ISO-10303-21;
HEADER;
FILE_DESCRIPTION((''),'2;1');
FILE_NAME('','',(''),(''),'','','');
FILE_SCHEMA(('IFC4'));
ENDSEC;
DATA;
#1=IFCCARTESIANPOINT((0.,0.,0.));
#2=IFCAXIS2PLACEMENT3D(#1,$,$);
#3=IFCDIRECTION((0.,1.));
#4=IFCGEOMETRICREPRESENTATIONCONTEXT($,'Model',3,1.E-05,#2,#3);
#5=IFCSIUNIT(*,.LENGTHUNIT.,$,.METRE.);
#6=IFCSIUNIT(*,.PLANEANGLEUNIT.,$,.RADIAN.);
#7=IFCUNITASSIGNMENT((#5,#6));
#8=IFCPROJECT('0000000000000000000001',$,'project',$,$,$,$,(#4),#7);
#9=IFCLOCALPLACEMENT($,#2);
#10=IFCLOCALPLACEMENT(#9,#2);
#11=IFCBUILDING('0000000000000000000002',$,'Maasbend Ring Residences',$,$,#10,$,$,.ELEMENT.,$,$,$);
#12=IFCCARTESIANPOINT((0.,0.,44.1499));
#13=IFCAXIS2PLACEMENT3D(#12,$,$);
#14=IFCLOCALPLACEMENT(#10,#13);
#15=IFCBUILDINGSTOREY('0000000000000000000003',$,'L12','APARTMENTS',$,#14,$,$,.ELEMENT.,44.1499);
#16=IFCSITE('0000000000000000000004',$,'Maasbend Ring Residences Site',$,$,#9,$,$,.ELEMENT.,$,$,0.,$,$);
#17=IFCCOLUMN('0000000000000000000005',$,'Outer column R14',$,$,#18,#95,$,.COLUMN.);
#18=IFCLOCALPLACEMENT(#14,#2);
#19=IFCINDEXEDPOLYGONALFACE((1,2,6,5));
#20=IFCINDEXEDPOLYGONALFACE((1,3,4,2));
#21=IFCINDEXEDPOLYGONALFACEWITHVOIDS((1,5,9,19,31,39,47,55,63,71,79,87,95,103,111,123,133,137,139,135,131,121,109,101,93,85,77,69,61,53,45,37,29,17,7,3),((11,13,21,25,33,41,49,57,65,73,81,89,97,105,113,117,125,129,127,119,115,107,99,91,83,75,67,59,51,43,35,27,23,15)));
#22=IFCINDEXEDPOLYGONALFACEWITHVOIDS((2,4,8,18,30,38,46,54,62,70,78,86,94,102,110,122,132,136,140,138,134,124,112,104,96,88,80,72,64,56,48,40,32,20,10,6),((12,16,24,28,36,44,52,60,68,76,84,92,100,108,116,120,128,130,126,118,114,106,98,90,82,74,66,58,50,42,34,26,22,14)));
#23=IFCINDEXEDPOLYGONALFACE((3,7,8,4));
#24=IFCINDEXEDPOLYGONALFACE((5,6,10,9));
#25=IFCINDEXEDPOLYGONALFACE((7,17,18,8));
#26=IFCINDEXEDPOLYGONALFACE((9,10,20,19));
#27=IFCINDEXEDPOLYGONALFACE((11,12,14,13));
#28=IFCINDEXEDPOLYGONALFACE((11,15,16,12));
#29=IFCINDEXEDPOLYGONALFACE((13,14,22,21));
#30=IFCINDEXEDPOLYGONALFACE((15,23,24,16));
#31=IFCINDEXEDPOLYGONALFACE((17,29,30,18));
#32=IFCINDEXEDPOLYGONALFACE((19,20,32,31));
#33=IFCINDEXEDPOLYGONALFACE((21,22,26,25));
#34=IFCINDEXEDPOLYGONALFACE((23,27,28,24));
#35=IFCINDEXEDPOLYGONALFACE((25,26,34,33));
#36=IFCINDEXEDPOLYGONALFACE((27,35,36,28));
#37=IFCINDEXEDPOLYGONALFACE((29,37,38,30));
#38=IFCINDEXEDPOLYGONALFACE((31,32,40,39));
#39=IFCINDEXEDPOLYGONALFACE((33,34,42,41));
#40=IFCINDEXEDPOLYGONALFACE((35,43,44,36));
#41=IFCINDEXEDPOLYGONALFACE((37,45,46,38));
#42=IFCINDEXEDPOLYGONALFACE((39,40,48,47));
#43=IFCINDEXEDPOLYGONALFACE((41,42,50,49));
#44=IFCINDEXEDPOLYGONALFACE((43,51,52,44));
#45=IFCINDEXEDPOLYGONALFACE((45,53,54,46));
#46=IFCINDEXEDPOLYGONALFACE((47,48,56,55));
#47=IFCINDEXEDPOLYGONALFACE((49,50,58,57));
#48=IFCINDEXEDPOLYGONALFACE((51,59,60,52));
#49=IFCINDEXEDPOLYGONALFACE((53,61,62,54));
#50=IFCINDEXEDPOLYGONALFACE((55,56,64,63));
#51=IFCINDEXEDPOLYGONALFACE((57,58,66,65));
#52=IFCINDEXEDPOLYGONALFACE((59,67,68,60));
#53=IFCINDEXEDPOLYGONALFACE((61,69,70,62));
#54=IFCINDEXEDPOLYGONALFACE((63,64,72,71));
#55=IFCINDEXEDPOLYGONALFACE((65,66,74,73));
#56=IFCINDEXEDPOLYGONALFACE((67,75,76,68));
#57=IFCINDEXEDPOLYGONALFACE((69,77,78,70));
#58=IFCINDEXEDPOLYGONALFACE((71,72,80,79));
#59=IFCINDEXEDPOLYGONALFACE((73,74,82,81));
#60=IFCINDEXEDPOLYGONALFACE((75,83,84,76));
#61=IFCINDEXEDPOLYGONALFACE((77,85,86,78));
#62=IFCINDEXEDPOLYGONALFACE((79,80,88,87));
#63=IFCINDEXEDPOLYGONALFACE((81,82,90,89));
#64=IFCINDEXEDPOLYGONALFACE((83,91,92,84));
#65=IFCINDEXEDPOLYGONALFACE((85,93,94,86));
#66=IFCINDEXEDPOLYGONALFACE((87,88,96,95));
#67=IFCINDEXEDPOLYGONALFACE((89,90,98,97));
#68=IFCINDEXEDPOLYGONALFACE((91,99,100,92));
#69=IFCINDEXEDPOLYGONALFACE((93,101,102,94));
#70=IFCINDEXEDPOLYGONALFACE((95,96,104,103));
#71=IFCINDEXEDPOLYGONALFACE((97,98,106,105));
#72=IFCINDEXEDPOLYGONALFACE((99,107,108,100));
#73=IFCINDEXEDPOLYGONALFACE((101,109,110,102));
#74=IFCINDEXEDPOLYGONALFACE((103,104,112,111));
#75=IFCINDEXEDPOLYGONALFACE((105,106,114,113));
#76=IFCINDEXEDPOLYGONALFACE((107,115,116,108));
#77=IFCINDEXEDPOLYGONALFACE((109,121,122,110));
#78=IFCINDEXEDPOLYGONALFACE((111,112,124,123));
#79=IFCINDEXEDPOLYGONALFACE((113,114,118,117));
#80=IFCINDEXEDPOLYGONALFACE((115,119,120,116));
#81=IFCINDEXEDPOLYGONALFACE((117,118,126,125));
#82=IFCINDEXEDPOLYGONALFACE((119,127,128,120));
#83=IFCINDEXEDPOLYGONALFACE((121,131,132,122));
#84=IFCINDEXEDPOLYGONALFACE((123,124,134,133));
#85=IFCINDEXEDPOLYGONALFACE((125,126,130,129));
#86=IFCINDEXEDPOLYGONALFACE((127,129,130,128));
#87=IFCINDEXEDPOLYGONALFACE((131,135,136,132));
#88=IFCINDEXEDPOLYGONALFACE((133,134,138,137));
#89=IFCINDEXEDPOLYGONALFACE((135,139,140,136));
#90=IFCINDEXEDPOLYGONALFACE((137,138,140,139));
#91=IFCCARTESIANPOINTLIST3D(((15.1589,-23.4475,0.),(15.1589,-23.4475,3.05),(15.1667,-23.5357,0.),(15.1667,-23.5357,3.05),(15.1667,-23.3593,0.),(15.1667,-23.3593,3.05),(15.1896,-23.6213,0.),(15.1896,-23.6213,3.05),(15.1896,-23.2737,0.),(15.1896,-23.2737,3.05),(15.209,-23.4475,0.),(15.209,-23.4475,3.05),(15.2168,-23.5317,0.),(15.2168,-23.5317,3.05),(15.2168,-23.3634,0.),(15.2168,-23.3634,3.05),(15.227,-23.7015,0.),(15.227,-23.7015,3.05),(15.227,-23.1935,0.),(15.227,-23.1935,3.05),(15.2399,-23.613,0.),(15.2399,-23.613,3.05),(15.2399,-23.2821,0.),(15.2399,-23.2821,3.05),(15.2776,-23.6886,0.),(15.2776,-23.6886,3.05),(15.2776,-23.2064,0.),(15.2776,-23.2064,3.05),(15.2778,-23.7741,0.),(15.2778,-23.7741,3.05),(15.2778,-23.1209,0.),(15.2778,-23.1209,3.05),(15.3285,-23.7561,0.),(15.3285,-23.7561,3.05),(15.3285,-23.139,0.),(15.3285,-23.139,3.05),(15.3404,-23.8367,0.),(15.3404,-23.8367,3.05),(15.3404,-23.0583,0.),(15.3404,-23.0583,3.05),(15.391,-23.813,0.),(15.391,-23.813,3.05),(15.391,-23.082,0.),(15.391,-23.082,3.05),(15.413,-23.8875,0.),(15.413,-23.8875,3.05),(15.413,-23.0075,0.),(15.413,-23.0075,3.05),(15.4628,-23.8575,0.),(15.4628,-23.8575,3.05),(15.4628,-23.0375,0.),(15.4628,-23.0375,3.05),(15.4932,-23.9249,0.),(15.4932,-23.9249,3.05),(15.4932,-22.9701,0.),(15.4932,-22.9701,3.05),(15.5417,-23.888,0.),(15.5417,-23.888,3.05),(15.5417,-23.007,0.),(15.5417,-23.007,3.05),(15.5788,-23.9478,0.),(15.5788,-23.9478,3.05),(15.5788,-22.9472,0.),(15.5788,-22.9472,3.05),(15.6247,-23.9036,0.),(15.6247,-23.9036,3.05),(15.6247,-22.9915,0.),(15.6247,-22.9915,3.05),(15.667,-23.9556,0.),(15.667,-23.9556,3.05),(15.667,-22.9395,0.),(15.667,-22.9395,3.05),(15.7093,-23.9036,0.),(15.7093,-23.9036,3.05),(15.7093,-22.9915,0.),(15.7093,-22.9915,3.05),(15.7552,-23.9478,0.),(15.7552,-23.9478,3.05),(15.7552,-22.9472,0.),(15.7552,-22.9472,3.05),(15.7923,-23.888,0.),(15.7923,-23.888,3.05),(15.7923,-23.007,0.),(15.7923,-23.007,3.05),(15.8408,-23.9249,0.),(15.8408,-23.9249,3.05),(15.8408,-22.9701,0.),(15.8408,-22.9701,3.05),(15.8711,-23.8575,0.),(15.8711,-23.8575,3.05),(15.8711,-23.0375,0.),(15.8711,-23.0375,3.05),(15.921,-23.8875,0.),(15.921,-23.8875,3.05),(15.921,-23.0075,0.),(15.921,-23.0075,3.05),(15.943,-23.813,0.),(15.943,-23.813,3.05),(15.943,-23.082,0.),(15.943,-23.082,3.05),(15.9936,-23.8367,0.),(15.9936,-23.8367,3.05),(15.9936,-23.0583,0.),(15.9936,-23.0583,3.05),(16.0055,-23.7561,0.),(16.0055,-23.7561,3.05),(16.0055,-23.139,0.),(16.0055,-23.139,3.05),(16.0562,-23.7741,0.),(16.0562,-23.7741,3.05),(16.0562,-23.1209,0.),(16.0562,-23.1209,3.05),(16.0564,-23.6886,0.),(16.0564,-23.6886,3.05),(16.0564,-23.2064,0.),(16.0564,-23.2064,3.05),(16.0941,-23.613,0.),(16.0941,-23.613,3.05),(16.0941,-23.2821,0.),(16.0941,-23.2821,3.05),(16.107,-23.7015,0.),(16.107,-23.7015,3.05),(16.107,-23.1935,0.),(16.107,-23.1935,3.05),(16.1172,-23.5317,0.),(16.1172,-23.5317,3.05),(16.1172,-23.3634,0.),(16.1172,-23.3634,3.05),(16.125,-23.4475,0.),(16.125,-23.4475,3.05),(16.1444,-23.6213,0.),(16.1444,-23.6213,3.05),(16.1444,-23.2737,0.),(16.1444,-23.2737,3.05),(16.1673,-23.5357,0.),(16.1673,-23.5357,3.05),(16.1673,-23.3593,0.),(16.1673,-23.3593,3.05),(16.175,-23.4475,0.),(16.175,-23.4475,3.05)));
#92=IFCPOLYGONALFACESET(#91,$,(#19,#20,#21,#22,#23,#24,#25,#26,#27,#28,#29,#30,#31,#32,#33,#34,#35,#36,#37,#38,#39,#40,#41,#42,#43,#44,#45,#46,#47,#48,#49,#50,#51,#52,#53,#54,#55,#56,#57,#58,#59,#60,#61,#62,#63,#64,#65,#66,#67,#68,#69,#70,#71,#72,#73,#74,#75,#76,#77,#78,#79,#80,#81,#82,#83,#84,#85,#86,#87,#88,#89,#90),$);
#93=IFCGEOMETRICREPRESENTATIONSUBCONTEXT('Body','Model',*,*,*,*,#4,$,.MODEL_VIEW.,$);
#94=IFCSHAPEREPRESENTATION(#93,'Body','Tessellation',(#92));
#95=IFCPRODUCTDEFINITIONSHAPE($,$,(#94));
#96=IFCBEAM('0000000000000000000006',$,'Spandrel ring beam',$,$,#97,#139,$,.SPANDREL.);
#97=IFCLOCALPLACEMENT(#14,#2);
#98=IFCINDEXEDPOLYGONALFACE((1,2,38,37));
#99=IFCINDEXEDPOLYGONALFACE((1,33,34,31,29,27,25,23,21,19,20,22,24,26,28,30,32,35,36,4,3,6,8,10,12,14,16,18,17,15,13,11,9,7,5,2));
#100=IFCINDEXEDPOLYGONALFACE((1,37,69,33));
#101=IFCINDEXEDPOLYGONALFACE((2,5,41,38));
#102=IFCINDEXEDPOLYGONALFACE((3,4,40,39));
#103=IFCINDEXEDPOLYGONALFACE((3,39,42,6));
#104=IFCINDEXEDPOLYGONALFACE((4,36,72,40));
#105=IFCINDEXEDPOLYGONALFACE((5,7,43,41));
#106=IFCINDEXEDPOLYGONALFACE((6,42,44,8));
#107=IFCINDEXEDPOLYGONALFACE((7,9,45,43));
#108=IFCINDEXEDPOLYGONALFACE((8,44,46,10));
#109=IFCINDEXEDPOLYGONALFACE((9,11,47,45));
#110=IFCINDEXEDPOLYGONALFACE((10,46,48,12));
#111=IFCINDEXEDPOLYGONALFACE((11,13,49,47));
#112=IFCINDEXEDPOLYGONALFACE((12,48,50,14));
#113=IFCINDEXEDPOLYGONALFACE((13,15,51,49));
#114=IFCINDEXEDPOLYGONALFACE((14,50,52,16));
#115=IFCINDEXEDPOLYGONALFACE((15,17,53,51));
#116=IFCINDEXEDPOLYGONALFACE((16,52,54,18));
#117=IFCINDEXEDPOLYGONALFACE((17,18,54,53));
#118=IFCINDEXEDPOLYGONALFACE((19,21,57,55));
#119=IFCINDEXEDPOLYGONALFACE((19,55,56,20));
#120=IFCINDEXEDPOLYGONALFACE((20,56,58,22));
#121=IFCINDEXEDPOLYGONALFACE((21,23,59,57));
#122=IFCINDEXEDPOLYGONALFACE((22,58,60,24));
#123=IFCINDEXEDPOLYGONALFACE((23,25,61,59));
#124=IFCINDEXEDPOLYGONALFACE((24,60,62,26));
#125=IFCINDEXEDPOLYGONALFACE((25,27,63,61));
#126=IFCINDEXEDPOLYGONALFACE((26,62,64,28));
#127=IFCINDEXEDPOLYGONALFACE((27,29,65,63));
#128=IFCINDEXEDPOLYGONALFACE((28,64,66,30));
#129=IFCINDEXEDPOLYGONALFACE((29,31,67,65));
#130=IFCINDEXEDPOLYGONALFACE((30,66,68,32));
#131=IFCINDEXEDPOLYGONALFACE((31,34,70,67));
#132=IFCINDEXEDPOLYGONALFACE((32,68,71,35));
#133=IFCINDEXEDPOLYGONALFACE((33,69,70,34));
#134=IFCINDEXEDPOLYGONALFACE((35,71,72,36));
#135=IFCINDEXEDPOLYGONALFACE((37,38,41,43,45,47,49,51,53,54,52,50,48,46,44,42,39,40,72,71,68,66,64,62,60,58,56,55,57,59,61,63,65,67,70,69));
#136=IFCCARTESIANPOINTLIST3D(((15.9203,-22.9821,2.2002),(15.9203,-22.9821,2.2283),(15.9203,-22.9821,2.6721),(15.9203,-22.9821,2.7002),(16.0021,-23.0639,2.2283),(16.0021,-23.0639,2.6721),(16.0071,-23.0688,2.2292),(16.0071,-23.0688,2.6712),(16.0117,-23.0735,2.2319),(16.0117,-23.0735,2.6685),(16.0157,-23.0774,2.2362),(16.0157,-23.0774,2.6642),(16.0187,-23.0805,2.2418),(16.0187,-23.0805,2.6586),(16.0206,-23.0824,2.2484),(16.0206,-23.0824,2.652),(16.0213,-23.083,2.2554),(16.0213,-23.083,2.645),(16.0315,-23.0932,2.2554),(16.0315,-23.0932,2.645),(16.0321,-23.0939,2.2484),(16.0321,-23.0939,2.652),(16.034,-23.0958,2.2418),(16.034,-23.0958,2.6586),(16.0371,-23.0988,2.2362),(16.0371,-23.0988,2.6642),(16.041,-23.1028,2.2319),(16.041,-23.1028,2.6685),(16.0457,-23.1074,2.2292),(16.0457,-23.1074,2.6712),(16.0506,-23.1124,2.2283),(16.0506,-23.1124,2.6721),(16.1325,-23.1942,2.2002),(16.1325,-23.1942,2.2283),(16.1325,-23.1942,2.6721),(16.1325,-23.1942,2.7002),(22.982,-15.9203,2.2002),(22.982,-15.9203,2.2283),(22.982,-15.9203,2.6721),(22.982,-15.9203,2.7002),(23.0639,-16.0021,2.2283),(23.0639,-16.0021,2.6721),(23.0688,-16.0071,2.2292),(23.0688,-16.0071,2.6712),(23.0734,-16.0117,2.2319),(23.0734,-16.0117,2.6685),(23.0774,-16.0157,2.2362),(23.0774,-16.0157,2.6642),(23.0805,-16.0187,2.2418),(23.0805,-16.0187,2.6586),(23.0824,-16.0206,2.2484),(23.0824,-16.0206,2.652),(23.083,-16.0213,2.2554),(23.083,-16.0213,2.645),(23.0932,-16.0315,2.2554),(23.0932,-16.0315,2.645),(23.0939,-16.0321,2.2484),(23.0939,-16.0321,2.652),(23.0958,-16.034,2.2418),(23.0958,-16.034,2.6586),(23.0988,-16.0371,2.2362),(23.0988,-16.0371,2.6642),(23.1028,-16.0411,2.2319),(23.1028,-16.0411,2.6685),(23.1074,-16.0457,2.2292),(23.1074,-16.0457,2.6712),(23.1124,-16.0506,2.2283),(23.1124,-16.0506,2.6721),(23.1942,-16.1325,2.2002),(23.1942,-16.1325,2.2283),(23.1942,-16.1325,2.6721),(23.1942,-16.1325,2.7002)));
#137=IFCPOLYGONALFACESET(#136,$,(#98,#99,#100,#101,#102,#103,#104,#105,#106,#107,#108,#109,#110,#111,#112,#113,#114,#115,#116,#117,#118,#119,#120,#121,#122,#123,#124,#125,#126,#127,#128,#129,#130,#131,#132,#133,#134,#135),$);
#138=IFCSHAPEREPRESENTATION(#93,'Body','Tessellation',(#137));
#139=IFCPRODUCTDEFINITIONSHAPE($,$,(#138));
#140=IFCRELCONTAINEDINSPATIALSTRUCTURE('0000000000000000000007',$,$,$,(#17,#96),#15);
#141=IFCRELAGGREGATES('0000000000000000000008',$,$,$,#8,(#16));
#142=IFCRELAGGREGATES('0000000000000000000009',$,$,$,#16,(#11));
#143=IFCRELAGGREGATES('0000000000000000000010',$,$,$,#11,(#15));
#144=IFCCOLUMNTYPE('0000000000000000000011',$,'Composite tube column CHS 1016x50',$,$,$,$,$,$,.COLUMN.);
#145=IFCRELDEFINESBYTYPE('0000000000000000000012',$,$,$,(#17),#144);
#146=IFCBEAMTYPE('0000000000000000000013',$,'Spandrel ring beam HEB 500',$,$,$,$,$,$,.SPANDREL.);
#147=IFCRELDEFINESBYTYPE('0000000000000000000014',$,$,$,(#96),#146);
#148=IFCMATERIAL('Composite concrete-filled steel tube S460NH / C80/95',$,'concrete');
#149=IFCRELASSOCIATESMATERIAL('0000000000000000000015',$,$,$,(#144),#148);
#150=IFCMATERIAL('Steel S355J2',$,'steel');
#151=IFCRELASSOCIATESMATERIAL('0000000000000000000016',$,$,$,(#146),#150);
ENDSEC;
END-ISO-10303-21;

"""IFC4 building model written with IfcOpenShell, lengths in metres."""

from ifc_helpers import new_model, si_unit, direction, frame, origin, origin_2d, place, context, subcontext, project, spatial, hollow_circle, i_section, extrude, material, material_profile, profile_set, type_object, element, save


model = new_model("IFC4")

# Units and contexts
model_context = context("Model", 3, precision=1e-05, world=origin(), true_north=direction((0.0, 1.0)))
body_context = subcontext(model_context, "Body", "Model", "MODEL_VIEW")
ifc_project = project(units=[si_unit("LENGTHUNIT", "METRE"), si_unit("PLANEANGLEUNIT", "RADIAN")], contexts=[model_context])

# Site, building, storey
site_placement = place(None, origin())
site = spatial("IfcSite", under=ifc_project, at=site_placement, Name="Maasbend Ring Residences Site", CompositionType="ELEMENT", RefElevation=0.0)
building_placement = place(site_placement, origin())
building = spatial("IfcBuilding", under=site, at=building_placement, Name="Maasbend Ring Residences", CompositionType="ELEMENT")
storey_placement = place(building_placement, frame((0.0, 0.0, 44.1499)))
storey = spatial("IfcBuildingStorey", under=building, at=storey_placement, Name="L12", Description="APARTMENTS", CompositionType="ELEMENT", Elevation=44.1499)

# Column
ifc_material_1 = material(Name="Composite concrete-filled steel tube S460NH / C80/95", Category="concrete")
ifc_material_profile_1 = material_profile(ifc_material_1, hollow_circle(Radius=0.5081, WallThickness=0.05, at=origin_2d()), Name="Composite tube column CHS 1016x50")
ifc_profile_set_1 = profile_set([ifc_material_profile_1], Name="Composite concrete-filled steel tube S460NH / C80/95")
column_type = type_object("IfcColumnType", Name="Composite tube column CHS 1016x50", PredefinedType="COLUMN", material=ifc_profile_set_1)
column_placement = place(storey_placement, frame((15.667, -23.4475, 0.0), z_axis=(0.0, 0.0, 1.0), x_axis=(1.0, 0.0, 0.0)))
element("IfcColumn", 1, at=column_placement, inside=storey, type_object=column_type, Name="Outer column R14", PredefinedType="COLUMN", context=body_context, shape_type="SweptSolid", body=[
    extrude(hollow_circle(Radius=0.5081, WallThickness=0.05, at=origin_2d()), origin(), (0.0, 0.0, 1.0), 3.05),
])

# Beam
ifc_material_2 = material(Name="Steel S355J2", Category="steel")
ifc_material_profile_2 = material_profile(ifc_material_2, i_section(OverallWidth=0.3, OverallDepth=0.5, WebThickness=0.0144, FlangeThickness=0.0281, FilletRadius=0.0271, at=origin_2d()), Name="HEB 500")
ifc_profile_set_2 = profile_set([ifc_material_profile_2], Name="Steel S355J2")
beam_type = type_object("IfcBeamType", Name="Spandrel ring beam HEB 500", PredefinedType="SPANDREL", material=ifc_profile_set_2)
beam_placement = place(storey_placement, frame((16.0264, -23.0881, 2.4502), z_axis=(0.707107, 0.707107, 0.0), x_axis=(-0.707107, 0.707107, 0.0)))
element("IfcBeam", 2, at=beam_placement, inside=storey, type_object=beam_type, Name="Spandrel ring beam", PredefinedType="SPANDREL", context=body_context, shape_type="SweptSolid", body=[
    extrude(i_section(OverallWidth=0.3, OverallDepth=0.5, WebThickness=0.0144, FlangeThickness=0.0281, FilletRadius=0.0271, at=origin_2d()), origin(), (0.0, 0.0, 1.0), 9.9868),
])

save(model, "model.ifc")
